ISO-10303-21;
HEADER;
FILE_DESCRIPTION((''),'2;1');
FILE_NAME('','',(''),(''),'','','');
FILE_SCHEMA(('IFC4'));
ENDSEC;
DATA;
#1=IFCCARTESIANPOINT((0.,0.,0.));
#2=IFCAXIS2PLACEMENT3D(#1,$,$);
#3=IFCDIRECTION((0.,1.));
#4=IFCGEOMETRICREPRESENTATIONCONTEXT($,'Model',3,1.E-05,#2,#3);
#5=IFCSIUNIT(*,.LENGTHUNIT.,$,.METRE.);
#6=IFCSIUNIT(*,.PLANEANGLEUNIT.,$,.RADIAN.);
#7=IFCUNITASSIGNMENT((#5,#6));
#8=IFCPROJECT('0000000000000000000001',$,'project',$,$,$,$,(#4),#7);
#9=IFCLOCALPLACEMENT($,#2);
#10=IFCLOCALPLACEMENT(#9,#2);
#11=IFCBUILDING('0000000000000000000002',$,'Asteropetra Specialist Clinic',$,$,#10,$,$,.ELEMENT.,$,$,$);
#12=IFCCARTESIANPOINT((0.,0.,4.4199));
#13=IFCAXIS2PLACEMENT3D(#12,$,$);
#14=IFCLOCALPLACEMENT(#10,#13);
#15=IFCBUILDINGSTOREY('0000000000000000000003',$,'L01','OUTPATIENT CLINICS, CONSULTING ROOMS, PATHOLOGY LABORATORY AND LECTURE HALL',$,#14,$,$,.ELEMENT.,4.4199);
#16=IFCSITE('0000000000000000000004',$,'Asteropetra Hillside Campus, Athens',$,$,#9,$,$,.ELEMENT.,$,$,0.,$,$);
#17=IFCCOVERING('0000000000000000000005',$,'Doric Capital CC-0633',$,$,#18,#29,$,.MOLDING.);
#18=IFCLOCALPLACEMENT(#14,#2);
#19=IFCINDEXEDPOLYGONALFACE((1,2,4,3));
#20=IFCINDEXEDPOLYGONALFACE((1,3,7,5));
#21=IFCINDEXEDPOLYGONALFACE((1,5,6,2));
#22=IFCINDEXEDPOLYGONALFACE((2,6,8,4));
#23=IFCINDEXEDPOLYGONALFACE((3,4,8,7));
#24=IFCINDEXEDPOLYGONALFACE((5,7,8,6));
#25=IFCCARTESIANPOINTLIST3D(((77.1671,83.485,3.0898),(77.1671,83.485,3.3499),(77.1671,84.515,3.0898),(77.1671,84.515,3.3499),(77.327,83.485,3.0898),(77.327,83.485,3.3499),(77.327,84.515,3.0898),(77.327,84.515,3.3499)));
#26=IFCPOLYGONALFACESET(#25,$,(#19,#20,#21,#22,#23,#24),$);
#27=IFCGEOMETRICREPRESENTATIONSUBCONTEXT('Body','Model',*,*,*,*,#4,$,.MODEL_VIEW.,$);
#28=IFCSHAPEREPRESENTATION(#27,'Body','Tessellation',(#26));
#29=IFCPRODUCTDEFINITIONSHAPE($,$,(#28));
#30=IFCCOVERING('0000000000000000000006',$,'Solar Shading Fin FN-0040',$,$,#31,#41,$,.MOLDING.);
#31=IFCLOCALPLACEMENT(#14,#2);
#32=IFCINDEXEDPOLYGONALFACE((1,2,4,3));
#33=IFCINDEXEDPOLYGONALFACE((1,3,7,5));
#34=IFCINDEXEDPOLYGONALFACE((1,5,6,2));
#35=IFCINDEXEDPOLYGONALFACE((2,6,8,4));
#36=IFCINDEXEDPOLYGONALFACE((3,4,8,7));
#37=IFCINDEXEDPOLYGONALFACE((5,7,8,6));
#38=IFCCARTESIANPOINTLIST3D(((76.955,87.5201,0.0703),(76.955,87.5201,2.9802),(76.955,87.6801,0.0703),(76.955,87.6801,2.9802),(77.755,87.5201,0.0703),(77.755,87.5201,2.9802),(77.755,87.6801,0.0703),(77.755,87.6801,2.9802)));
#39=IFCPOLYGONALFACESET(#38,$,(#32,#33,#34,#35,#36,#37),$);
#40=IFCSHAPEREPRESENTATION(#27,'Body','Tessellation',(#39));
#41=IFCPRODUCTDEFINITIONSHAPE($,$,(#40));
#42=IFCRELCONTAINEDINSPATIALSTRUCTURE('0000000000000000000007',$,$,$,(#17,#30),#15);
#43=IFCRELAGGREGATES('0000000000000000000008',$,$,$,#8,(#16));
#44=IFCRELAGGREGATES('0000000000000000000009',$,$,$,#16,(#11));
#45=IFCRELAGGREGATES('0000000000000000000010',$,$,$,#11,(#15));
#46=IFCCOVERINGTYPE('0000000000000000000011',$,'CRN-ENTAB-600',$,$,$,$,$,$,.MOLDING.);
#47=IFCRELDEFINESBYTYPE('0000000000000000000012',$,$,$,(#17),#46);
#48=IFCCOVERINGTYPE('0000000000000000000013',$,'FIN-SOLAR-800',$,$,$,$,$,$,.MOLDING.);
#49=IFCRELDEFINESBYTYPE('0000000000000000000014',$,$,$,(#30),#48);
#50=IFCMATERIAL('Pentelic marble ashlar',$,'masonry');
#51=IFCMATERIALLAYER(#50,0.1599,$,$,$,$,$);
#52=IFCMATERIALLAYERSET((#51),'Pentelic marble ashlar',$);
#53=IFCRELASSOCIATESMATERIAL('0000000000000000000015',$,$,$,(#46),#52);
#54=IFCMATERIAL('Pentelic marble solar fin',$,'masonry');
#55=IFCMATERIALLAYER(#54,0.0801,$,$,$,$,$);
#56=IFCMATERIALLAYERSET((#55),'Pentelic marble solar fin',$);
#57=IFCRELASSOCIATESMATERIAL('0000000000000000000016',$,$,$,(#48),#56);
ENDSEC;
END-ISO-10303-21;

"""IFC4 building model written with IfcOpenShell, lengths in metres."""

from ifc_helpers import new_model, si_unit, direction, frame, origin, origin_2d, place, context, subcontext, project, spatial, rectangle, extrude, material, layer, layer_set, type_object, element, save


model = new_model("IFC4")

# Units and contexts
model_context = context("Model", 3, precision=1e-05, world=origin(), true_north=direction((0.0, 1.0)))
body_context = subcontext(model_context, "Body", "Model", "MODEL_VIEW")
ifc_project = project(units=[si_unit("LENGTHUNIT", "METRE"), si_unit("PLANEANGLEUNIT", "RADIAN")], contexts=[model_context])

# Site, building, storey
site_placement = place(None, origin())
site = spatial("IfcSite", under=ifc_project, at=site_placement, Name="Asteropetra Hillside Campus, Athens", CompositionType="ELEMENT", RefElevation=0.0)
building_placement = place(site_placement, origin())
building = spatial("IfcBuilding", under=site, at=building_placement, Name="Asteropetra Specialist Clinic", CompositionType="ELEMENT")
storey_placement = place(building_placement, frame((0.0, 0.0, 4.4199)))
storey = spatial("IfcBuildingStorey", under=building, at=storey_placement, Name="L01", Description="OUTPATIENT CLINICS, CONSULTING ROOMS, PATHOLOGY LABORATORY AND LECTURE HALL", CompositionType="ELEMENT", Elevation=4.4199)

# Coverings
ifc_material_1 = material(Name="Pentelic marble ashlar", Category="masonry")
ifc_layer_1 = layer(ifc_material_1, 0.1599)
ifc_layer_set_1 = layer_set([ifc_layer_1], Name="Pentelic marble ashlar")
covering_type_1 = type_object("IfcCoveringType", Name="CRN-ENTAB-600", PredefinedType="MOLDING", material=ifc_layer_set_1)
for number, where, z_axis, x_axis, name in (
    (1, (77.2471, 84.0, 3.0898), (0.0, 0.0, 1.0), (1.0, 0.0, 0.0), "Doric Capital CC-0633"),
):
    element("IfcCovering", number, at=place(storey_placement, frame(where, z_axis=z_axis, x_axis=x_axis)), inside=storey, type_object=covering_type_1, Name=name, PredefinedType="MOLDING", context=body_context, shape_type="SweptSolid", body=[
        extrude(rectangle(XDim=0.1599, YDim=1.03, at=origin_2d()), origin(), (0.0, 0.0, 1.0), 0.26),
    ])
ifc_material_2 = material(Name="Pentelic marble solar fin", Category="masonry")
ifc_layer_2 = layer(ifc_material_2, 0.0801)
ifc_layer_set_2 = layer_set([ifc_layer_2], Name="Pentelic marble solar fin")
covering_type_2 = type_object("IfcCoveringType", Name="FIN-SOLAR-800", PredefinedType="MOLDING", material=ifc_layer_set_2)
covering_1_placement = place(storey_placement, frame((77.355, 87.6001, 0.0703), z_axis=(0.0, 0.0, 1.0), x_axis=(1.0, 0.0, 0.0)))
element("IfcCovering", 2, at=covering_1_placement, inside=storey, type_object=covering_type_2, Name="Solar Shading Fin FN-0040", PredefinedType="MOLDING", context=body_context, shape_type="SweptSolid", body=[
    extrude(rectangle(XDim=0.8, YDim=0.1599, at=origin_2d()), origin(), (0.0, 0.0, 1.0), 2.9099),
])

save(model, "model.ifc")
